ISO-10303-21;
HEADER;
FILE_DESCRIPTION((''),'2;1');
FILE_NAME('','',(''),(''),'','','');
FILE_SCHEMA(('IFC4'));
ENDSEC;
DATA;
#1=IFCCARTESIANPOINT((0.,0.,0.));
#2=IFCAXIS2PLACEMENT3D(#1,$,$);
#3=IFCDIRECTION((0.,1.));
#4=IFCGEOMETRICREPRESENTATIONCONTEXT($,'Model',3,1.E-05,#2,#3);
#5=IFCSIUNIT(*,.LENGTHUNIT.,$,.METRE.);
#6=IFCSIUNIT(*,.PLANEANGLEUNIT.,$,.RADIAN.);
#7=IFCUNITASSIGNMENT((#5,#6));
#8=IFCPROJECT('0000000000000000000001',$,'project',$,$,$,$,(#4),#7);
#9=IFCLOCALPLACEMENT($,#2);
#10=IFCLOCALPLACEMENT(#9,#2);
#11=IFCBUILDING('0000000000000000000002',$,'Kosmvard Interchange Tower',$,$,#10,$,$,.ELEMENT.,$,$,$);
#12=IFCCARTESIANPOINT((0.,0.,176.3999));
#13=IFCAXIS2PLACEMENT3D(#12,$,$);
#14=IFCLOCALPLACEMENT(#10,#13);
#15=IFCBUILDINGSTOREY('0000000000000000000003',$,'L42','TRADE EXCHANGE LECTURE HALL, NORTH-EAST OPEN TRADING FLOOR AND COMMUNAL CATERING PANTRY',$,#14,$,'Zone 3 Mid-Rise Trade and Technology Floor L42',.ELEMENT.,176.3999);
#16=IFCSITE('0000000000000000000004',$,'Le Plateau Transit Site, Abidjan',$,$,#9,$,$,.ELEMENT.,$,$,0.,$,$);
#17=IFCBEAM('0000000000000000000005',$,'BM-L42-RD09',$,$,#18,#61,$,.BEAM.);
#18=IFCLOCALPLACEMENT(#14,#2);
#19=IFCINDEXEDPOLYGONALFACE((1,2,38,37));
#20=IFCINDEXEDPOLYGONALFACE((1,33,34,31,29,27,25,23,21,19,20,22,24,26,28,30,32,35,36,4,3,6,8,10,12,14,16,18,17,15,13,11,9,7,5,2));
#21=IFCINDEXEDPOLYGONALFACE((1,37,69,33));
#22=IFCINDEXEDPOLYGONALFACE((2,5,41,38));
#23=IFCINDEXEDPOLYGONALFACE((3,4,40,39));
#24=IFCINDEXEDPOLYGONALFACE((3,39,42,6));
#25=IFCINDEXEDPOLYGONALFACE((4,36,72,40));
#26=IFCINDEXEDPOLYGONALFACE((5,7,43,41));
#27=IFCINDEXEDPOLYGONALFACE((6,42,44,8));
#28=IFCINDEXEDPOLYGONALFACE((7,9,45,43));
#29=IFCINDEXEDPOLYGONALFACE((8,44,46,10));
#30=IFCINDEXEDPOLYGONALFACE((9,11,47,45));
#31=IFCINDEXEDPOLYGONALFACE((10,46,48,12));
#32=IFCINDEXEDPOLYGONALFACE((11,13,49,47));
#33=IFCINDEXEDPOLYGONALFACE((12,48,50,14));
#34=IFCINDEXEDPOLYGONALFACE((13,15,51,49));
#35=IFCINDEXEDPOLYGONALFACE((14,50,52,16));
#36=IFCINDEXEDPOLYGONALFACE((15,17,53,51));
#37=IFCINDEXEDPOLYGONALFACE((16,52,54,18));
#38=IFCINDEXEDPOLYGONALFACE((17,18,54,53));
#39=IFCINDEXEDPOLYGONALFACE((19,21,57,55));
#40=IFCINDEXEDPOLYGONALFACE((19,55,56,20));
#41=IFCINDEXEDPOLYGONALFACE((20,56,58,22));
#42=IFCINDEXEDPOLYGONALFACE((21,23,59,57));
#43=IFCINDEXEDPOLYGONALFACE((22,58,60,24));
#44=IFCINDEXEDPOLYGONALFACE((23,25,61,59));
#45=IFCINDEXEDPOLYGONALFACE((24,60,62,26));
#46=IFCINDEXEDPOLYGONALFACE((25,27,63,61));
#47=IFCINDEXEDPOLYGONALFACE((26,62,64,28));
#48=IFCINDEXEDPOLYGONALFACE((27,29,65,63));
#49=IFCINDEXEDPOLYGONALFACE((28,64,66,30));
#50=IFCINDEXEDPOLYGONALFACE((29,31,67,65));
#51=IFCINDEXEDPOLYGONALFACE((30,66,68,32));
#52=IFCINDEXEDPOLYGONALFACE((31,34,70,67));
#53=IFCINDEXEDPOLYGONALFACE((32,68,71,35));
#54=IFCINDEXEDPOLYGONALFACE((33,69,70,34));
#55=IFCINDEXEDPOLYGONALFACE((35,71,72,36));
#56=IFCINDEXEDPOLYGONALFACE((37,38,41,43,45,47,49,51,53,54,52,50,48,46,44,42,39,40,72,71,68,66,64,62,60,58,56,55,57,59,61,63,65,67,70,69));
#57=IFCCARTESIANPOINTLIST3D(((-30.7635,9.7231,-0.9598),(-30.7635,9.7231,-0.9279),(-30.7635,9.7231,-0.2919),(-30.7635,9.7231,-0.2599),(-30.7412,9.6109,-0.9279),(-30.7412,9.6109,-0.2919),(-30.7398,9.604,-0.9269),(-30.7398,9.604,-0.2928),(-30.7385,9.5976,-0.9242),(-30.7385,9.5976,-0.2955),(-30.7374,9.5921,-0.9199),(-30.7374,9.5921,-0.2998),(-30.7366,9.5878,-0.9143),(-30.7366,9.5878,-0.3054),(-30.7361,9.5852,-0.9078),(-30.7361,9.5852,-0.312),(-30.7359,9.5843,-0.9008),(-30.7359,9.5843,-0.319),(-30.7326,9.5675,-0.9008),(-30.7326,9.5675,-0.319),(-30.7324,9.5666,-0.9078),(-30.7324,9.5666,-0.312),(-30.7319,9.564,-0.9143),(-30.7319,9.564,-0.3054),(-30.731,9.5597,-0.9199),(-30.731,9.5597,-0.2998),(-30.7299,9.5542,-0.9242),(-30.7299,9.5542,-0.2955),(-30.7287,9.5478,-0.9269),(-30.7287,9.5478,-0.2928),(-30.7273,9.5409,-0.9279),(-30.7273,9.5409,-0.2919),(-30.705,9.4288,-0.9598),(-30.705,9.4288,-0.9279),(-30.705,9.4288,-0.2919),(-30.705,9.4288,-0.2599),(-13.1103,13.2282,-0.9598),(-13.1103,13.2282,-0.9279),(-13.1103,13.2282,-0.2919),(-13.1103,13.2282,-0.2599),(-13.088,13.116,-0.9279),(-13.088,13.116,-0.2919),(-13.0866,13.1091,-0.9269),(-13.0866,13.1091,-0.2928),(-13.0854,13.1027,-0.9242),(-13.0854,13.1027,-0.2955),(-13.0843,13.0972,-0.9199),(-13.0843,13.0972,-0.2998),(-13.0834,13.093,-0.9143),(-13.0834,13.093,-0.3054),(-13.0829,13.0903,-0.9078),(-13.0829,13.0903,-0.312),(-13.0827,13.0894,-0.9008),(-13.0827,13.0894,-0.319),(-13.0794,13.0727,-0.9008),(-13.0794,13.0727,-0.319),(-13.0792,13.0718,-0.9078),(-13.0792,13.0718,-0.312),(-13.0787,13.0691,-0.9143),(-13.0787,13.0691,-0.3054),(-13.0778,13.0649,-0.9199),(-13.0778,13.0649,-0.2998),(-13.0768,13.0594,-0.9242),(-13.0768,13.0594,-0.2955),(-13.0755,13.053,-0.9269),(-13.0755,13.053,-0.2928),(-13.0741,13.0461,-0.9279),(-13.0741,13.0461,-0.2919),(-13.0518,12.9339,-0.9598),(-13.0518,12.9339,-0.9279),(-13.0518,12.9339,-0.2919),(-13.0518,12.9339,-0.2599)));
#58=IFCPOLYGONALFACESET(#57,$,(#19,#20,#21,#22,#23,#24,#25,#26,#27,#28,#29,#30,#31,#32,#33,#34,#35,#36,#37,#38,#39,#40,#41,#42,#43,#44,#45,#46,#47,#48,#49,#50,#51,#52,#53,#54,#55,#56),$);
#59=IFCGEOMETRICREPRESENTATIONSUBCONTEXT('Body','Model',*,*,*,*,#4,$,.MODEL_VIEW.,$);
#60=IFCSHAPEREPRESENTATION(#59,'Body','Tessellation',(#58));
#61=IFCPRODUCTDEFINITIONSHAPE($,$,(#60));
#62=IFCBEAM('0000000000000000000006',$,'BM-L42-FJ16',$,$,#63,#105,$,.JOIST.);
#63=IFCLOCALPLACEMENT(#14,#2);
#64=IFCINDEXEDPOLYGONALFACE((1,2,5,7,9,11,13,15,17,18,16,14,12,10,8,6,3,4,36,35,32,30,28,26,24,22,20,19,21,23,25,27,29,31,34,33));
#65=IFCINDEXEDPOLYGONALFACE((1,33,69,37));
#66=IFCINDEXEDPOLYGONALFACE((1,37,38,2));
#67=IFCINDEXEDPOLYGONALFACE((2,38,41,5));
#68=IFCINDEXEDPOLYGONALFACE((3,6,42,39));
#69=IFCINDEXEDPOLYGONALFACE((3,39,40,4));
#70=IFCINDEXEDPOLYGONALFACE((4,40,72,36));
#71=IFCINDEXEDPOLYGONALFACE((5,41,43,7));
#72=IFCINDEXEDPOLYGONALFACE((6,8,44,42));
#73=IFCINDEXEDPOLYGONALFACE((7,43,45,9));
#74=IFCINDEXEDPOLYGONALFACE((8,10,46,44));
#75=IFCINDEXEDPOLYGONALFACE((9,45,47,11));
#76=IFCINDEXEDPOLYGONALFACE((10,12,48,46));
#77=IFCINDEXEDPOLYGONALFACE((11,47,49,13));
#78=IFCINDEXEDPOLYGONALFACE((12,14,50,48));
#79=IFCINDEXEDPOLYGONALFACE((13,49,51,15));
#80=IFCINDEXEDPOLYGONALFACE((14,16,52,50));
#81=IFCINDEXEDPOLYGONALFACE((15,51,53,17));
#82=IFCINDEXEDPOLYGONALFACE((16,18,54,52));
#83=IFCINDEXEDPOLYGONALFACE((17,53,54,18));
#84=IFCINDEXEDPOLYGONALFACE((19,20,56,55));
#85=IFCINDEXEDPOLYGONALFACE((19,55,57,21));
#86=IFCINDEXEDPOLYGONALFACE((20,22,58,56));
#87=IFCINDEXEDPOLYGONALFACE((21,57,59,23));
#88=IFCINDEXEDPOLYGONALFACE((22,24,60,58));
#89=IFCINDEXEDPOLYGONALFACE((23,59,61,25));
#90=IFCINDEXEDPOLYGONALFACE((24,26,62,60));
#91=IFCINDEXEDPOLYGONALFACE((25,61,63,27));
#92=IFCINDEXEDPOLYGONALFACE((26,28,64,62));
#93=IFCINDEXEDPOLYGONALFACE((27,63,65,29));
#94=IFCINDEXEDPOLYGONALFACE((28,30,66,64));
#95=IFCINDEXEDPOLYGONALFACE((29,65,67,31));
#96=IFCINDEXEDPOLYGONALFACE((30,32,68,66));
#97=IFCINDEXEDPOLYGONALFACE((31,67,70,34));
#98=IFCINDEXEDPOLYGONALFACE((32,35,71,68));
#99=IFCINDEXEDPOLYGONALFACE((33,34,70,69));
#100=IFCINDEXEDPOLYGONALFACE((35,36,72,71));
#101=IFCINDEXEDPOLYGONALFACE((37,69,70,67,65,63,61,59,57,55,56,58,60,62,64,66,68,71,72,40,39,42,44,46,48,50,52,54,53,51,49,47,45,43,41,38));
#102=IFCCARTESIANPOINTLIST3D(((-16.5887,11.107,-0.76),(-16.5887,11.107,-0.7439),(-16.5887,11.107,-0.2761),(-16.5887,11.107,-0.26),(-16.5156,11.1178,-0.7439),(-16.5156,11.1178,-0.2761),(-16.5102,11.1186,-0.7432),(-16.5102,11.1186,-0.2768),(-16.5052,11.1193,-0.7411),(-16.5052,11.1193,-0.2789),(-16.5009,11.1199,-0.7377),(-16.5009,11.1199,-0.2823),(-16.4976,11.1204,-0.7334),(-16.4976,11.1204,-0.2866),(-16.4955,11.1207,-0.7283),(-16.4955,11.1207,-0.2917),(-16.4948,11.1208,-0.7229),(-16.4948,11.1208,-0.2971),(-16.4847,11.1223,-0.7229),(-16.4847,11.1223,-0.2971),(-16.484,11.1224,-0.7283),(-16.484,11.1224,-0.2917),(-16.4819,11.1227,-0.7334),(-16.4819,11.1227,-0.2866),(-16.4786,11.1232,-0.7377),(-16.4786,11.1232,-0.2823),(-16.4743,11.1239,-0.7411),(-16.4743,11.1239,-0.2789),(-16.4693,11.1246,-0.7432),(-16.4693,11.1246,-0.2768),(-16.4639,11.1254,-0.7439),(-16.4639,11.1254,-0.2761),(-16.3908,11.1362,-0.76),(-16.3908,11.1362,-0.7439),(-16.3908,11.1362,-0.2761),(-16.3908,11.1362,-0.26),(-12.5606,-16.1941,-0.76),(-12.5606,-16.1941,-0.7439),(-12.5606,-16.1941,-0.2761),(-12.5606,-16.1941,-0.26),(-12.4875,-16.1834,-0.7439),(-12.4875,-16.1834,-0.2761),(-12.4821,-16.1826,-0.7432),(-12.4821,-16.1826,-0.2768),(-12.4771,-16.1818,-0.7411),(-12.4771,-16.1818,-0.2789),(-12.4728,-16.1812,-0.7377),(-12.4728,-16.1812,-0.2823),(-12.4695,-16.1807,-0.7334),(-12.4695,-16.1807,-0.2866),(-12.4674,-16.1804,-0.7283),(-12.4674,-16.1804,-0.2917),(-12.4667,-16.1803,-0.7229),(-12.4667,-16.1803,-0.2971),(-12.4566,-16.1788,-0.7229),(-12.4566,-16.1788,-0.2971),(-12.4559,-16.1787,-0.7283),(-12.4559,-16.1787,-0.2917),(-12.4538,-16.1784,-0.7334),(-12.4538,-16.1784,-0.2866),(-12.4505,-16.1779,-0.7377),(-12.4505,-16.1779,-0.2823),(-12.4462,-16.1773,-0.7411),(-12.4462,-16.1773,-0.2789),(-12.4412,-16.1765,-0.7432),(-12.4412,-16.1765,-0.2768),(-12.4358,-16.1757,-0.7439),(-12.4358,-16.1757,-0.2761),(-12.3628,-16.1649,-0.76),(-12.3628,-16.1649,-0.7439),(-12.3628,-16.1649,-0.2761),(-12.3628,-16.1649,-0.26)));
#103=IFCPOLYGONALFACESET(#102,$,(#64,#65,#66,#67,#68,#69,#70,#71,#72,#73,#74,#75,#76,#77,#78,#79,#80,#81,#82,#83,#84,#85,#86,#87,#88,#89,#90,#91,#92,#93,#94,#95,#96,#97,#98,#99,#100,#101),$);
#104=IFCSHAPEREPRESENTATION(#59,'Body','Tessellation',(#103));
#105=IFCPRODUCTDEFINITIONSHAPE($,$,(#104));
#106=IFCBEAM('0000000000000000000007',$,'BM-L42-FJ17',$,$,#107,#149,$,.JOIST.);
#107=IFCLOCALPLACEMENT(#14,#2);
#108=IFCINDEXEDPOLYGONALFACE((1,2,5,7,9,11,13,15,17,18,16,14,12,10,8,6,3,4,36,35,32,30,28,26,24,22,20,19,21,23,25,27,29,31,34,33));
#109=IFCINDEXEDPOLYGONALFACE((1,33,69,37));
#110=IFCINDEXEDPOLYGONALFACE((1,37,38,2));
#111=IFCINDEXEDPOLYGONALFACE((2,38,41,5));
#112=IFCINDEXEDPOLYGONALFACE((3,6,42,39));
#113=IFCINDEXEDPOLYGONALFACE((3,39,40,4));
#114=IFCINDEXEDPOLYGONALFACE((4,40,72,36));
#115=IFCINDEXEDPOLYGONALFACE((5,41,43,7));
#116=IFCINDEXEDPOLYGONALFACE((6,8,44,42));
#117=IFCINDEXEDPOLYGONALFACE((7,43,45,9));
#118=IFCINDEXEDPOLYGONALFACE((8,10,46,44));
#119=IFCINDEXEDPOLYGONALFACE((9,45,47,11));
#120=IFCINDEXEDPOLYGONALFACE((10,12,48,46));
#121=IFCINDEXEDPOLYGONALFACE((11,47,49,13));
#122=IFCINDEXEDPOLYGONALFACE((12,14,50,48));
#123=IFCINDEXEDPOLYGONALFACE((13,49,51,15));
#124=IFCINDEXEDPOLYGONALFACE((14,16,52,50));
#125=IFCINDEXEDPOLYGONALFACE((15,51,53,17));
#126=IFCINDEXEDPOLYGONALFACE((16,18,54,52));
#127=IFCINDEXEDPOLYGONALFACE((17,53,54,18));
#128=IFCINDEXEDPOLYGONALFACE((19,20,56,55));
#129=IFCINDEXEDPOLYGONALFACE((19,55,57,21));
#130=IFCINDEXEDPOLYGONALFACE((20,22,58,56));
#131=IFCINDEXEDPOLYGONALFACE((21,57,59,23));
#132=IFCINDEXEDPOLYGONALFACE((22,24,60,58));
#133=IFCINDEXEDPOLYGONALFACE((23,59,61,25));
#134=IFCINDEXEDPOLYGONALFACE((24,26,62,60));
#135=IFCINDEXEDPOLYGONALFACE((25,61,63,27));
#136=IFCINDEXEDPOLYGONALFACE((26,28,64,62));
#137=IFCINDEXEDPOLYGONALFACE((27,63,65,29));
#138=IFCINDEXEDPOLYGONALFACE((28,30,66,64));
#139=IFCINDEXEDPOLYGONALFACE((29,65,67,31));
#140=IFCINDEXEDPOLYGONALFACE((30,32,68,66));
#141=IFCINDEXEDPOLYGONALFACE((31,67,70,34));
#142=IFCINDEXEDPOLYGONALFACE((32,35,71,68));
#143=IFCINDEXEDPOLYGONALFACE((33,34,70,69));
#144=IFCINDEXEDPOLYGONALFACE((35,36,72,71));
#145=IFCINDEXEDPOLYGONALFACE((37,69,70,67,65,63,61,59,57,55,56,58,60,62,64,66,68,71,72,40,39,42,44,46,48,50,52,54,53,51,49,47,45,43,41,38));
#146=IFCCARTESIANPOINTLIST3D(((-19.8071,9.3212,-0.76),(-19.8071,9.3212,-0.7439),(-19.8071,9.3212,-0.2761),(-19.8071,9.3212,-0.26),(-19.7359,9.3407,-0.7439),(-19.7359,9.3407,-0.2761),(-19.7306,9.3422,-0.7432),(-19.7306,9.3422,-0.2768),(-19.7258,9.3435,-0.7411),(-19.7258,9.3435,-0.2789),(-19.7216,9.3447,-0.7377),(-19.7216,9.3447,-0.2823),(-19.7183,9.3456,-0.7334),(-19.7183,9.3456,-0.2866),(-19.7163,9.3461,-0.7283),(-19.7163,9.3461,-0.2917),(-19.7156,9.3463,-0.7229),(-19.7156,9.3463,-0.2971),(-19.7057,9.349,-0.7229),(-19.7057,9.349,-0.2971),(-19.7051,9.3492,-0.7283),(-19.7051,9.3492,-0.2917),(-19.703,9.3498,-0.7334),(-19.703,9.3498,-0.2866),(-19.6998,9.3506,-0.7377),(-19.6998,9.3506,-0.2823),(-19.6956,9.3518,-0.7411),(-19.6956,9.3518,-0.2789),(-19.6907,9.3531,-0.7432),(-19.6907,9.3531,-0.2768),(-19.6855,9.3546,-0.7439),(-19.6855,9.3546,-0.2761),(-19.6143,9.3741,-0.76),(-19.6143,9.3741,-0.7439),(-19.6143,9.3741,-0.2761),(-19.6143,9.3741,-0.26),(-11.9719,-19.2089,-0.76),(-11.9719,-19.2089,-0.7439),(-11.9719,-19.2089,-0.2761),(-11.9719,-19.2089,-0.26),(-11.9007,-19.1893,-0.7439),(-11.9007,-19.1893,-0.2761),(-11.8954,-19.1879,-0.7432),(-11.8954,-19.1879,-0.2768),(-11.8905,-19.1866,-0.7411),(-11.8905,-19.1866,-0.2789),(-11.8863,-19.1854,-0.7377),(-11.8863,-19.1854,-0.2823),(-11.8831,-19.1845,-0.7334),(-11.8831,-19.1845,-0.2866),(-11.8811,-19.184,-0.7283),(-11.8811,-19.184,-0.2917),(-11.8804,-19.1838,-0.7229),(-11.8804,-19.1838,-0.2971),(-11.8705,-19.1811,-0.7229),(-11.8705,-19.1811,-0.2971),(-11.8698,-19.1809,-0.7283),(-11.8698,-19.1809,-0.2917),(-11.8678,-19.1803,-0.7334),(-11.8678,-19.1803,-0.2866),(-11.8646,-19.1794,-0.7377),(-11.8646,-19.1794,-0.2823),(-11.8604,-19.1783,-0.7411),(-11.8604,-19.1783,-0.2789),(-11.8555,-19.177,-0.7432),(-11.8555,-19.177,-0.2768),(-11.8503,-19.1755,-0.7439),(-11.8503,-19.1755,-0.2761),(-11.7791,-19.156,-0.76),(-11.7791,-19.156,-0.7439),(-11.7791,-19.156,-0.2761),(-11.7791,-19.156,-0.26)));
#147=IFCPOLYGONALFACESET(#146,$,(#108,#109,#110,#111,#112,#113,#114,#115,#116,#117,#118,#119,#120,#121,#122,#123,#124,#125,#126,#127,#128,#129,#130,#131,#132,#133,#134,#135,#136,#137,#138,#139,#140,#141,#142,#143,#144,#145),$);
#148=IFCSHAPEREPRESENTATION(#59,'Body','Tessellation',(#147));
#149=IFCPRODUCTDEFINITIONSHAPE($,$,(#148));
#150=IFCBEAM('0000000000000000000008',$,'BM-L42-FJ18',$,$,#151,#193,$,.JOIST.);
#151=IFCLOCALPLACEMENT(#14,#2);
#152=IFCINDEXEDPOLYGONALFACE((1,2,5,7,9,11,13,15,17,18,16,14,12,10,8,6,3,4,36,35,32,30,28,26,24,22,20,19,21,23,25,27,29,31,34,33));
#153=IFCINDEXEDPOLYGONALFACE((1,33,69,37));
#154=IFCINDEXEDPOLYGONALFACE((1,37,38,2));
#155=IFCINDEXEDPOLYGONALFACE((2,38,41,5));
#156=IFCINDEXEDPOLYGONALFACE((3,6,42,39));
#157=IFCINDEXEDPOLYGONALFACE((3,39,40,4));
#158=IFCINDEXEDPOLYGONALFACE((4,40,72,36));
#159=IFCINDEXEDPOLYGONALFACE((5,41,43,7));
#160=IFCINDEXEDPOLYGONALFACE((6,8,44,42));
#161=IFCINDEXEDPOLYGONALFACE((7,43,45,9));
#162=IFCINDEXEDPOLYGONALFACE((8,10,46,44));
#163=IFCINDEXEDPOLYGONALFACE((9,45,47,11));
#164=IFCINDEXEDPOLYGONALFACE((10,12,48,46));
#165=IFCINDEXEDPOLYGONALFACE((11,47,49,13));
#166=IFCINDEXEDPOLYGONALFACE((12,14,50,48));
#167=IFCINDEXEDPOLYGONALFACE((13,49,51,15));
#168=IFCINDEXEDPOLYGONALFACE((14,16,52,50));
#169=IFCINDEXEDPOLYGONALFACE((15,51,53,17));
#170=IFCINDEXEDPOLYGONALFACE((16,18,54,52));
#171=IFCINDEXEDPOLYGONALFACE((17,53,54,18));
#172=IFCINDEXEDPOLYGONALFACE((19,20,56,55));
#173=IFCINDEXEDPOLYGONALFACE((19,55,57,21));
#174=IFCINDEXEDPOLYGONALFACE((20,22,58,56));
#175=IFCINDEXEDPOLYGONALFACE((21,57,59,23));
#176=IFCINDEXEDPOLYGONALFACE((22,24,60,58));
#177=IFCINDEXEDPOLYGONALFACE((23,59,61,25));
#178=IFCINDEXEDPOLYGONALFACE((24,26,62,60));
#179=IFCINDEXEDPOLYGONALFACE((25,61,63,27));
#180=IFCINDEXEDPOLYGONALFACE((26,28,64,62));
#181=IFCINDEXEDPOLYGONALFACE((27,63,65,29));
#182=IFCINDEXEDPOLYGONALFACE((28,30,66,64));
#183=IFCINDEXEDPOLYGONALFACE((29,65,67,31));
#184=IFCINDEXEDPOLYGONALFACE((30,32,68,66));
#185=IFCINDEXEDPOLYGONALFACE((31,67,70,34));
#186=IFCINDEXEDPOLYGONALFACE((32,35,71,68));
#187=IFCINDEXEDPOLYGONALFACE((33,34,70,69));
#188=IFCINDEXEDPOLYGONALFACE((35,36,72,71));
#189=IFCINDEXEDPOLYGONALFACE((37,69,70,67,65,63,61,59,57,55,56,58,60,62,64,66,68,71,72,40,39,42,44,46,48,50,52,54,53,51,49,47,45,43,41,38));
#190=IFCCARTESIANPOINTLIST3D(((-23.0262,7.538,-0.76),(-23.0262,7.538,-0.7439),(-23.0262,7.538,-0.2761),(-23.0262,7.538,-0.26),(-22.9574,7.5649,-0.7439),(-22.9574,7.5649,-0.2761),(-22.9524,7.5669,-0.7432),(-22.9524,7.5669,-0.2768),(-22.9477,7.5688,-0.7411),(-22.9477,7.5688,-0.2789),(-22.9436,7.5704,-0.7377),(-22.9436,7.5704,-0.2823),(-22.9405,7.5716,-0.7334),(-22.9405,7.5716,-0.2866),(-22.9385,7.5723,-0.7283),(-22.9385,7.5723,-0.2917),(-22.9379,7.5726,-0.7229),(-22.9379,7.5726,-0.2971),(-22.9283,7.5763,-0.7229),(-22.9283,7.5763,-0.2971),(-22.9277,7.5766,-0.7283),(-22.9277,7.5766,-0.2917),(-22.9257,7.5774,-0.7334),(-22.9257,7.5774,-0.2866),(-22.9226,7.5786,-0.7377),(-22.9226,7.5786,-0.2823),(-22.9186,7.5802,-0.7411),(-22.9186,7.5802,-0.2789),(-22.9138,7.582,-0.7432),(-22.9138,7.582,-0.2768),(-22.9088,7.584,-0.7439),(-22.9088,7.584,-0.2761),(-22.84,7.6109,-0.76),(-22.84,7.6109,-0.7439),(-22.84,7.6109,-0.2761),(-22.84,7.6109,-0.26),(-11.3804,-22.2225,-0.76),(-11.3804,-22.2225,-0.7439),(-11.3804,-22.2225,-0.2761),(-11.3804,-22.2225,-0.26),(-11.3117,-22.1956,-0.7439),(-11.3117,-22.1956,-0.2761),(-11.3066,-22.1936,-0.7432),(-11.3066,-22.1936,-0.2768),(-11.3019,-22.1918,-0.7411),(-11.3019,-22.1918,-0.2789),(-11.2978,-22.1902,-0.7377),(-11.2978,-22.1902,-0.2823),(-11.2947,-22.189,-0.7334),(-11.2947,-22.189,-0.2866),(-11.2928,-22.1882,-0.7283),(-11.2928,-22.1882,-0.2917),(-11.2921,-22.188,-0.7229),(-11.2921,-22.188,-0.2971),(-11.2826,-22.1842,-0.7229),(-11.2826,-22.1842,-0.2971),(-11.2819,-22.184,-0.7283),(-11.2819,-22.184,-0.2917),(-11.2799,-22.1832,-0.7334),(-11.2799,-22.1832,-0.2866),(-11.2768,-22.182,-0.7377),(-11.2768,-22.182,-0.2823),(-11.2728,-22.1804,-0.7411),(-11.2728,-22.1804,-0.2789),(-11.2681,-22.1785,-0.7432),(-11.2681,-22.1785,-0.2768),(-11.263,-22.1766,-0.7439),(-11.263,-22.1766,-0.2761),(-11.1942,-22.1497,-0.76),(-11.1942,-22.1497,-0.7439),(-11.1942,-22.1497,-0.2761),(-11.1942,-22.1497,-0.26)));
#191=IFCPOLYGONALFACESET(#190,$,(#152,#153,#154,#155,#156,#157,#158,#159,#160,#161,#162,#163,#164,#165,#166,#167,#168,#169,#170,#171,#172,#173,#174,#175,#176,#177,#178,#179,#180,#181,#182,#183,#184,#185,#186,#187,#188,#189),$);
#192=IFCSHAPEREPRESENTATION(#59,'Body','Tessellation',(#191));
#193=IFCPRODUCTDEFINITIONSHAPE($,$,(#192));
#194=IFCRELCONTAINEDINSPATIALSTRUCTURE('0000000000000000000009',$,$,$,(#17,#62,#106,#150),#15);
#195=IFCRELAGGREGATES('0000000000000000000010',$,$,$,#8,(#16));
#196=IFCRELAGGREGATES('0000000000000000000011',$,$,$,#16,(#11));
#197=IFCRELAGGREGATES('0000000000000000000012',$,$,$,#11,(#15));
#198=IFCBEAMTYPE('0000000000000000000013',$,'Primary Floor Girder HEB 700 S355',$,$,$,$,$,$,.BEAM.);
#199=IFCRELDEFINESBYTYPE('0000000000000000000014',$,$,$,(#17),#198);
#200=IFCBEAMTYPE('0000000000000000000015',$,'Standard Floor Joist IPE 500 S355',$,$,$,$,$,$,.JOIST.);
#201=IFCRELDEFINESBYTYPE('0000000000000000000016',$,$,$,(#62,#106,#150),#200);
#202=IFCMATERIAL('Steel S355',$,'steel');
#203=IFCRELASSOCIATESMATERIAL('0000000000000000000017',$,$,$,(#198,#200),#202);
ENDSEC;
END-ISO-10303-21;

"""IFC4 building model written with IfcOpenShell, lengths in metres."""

from ifc_helpers import new_model, si_unit, direction, frame, origin, origin_2d, place, context, subcontext, project, spatial, i_section, extrude, source, transform, mapped, material, material_profile, profile_set, type_object, element, save


model = new_model("IFC4")

# Units and contexts
model_context = context("Model", 3, precision=1e-05, world=origin(), true_north=direction((0.0, 1.0)))
body_context = subcontext(model_context, "Body", "Model", "MODEL_VIEW")
ifc_project = project(units=[si_unit("LENGTHUNIT", "METRE"), si_unit("PLANEANGLEUNIT", "RADIAN")], contexts=[model_context])

# Site, building, storey
site_placement = place(None, origin())
site = spatial("IfcSite", under=ifc_project, at=site_placement, Name="Le Plateau Transit Site, Abidjan", CompositionType="ELEMENT", RefElevation=0.0)
building_placement = place(site_placement, origin())
building = spatial("IfcBuilding", under=site, at=building_placement, Name="Kosmvard Interchange Tower", CompositionType="ELEMENT")
storey_placement = place(building_placement, frame((0.0, 0.0, 176.3999)))
storey = spatial("IfcBuildingStorey", under=building, at=storey_placement, Name="L42", Description="TRADE EXCHANGE LECTURE HALL, NORTH-EAST OPEN TRADING FLOOR AND COMMUNAL CATERING PANTRY", LongName="Zone 3 Mid-Rise Trade and Technology Floor L42", CompositionType="ELEMENT", Elevation=176.3999)

# Beams
ifc_material_1 = material(Name="Steel S355", Category="steel")
ifc_material_profile_1 = material_profile(ifc_material_1, i_section(OverallWidth=0.3, OverallDepth=0.7, WebThickness=0.0171, FlangeThickness=0.032, FilletRadius=0.0271, at=origin_2d()), Name="HEB 700")
ifc_profile_set_1 = profile_set([ifc_material_profile_1], Name="Steel S355")
beam_type_1 = type_object("IfcBeamType", Name="Primary Floor Girder HEB 700 S355", PredefinedType="BEAM", material=ifc_profile_set_1)
shared_shape_1 = source(origin(), body_context, "Body", "SweptSolid", [
    extrude(i_section(OverallWidth=0.3, OverallDepth=0.7, WebThickness=0.0171, FlangeThickness=0.032, FilletRadius=0.0271, at=origin_2d()), origin(), (0.0, 0.0, 1.0), 17.9978),
])
beam_1_placement = place(storey_placement, frame((-13.0811, 13.0811, -0.6099), z_axis=(-0.980852, -0.194754, 0.0), x_axis=(0.194754, -0.980852, 0.0)))
element("IfcBeam", 1, at=beam_1_placement, inside=storey, type_object=beam_type_1, Name="BM-L42-RD09", PredefinedType="BEAM", context=body_context, shape_type="MappedRepresentation", body=[
    mapped(shared_shape_1, transform((0.0, 0.0, 0.0), scale=1.0)),
])
ifc_material_profile_2 = material_profile(ifc_material_1, i_section(OverallWidth=0.2, OverallDepth=0.5, WebThickness=0.0103, FlangeThickness=0.0161, FilletRadius=0.021, at=origin_2d()), Name="IPE 500")
ifc_profile_set_2 = profile_set([ifc_material_profile_2], Name="Steel S355")
beam_type_2 = type_object("IfcBeamType", Name="Standard Floor Joist IPE 500 S355", PredefinedType="JOIST", material=ifc_profile_set_2)
shared_shape_2 = source(origin(), body_context, "Body", "SweptSolid", [
    extrude(i_section(OverallWidth=0.2, OverallDepth=0.5, WebThickness=0.0103, FlangeThickness=0.0161, FilletRadius=0.021, at=origin_2d()), origin(), (0.0, 0.0, 1.0), 27.5967),
])
beam_2_placement = place(storey_placement, frame((-16.4897, 11.1216, -0.51), z_axis=(0.145963, -0.98929, 0.0), x_axis=(0.98929, 0.145963, 0.0)))
element("IfcBeam", 2, at=beam_2_placement, inside=storey, type_object=beam_type_2, Name="BM-L42-FJ16", PredefinedType="JOIST", context=body_context, shape_type="MappedRepresentation", body=[
    mapped(shared_shape_2, transform((0.0, 0.0, 0.0), scale=1.0)),
])
shared_shape_3 = source(origin(), body_context, "Body", "SweptSolid", [
    extrude(i_section(OverallWidth=0.2, OverallDepth=0.5, WebThickness=0.0103, FlangeThickness=0.0161, FilletRadius=0.021, at=origin_2d()), origin(), (0.0, 0.0, 1.0), 29.5864),
])
beam_3_placement = place(storey_placement, frame((-19.7107, 9.3477, -0.51), z_axis=(0.264825, -0.964297, 0.0), x_axis=(0.964297, 0.264825, 0.0)))
element("IfcBeam", 3, at=beam_3_placement, inside=storey, type_object=beam_type_2, Name="BM-L42-FJ17", PredefinedType="JOIST", context=body_context, shape_type="MappedRepresentation", body=[
    mapped(shared_shape_3, transform((0.0, 0.0, 0.0), scale=1.0)),
])
shared_shape_4 = source(origin(), body_context, "Body", "SweptSolid", [
    extrude(i_section(OverallWidth=0.2, OverallDepth=0.5, WebThickness=0.0103, FlangeThickness=0.0161, FilletRadius=0.021, at=origin_2d()), origin(), (0.0, 0.0, 1.0), 31.958),
])
beam_4_placement = place(storey_placement, frame((-22.9331, 7.5745, -0.51), z_axis=(0.364409, -0.931239, 0.0), x_axis=(0.931239, 0.364409, 0.0)))
element("IfcBeam", 4, at=beam_4_placement, inside=storey, type_object=beam_type_2, Name="BM-L42-FJ18", PredefinedType="JOIST", context=body_context, shape_type="MappedRepresentation", body=[
    mapped(shared_shape_4, transform((0.0, 0.0, 0.0), scale=1.0)),
])

save(model, "model.ifc")
